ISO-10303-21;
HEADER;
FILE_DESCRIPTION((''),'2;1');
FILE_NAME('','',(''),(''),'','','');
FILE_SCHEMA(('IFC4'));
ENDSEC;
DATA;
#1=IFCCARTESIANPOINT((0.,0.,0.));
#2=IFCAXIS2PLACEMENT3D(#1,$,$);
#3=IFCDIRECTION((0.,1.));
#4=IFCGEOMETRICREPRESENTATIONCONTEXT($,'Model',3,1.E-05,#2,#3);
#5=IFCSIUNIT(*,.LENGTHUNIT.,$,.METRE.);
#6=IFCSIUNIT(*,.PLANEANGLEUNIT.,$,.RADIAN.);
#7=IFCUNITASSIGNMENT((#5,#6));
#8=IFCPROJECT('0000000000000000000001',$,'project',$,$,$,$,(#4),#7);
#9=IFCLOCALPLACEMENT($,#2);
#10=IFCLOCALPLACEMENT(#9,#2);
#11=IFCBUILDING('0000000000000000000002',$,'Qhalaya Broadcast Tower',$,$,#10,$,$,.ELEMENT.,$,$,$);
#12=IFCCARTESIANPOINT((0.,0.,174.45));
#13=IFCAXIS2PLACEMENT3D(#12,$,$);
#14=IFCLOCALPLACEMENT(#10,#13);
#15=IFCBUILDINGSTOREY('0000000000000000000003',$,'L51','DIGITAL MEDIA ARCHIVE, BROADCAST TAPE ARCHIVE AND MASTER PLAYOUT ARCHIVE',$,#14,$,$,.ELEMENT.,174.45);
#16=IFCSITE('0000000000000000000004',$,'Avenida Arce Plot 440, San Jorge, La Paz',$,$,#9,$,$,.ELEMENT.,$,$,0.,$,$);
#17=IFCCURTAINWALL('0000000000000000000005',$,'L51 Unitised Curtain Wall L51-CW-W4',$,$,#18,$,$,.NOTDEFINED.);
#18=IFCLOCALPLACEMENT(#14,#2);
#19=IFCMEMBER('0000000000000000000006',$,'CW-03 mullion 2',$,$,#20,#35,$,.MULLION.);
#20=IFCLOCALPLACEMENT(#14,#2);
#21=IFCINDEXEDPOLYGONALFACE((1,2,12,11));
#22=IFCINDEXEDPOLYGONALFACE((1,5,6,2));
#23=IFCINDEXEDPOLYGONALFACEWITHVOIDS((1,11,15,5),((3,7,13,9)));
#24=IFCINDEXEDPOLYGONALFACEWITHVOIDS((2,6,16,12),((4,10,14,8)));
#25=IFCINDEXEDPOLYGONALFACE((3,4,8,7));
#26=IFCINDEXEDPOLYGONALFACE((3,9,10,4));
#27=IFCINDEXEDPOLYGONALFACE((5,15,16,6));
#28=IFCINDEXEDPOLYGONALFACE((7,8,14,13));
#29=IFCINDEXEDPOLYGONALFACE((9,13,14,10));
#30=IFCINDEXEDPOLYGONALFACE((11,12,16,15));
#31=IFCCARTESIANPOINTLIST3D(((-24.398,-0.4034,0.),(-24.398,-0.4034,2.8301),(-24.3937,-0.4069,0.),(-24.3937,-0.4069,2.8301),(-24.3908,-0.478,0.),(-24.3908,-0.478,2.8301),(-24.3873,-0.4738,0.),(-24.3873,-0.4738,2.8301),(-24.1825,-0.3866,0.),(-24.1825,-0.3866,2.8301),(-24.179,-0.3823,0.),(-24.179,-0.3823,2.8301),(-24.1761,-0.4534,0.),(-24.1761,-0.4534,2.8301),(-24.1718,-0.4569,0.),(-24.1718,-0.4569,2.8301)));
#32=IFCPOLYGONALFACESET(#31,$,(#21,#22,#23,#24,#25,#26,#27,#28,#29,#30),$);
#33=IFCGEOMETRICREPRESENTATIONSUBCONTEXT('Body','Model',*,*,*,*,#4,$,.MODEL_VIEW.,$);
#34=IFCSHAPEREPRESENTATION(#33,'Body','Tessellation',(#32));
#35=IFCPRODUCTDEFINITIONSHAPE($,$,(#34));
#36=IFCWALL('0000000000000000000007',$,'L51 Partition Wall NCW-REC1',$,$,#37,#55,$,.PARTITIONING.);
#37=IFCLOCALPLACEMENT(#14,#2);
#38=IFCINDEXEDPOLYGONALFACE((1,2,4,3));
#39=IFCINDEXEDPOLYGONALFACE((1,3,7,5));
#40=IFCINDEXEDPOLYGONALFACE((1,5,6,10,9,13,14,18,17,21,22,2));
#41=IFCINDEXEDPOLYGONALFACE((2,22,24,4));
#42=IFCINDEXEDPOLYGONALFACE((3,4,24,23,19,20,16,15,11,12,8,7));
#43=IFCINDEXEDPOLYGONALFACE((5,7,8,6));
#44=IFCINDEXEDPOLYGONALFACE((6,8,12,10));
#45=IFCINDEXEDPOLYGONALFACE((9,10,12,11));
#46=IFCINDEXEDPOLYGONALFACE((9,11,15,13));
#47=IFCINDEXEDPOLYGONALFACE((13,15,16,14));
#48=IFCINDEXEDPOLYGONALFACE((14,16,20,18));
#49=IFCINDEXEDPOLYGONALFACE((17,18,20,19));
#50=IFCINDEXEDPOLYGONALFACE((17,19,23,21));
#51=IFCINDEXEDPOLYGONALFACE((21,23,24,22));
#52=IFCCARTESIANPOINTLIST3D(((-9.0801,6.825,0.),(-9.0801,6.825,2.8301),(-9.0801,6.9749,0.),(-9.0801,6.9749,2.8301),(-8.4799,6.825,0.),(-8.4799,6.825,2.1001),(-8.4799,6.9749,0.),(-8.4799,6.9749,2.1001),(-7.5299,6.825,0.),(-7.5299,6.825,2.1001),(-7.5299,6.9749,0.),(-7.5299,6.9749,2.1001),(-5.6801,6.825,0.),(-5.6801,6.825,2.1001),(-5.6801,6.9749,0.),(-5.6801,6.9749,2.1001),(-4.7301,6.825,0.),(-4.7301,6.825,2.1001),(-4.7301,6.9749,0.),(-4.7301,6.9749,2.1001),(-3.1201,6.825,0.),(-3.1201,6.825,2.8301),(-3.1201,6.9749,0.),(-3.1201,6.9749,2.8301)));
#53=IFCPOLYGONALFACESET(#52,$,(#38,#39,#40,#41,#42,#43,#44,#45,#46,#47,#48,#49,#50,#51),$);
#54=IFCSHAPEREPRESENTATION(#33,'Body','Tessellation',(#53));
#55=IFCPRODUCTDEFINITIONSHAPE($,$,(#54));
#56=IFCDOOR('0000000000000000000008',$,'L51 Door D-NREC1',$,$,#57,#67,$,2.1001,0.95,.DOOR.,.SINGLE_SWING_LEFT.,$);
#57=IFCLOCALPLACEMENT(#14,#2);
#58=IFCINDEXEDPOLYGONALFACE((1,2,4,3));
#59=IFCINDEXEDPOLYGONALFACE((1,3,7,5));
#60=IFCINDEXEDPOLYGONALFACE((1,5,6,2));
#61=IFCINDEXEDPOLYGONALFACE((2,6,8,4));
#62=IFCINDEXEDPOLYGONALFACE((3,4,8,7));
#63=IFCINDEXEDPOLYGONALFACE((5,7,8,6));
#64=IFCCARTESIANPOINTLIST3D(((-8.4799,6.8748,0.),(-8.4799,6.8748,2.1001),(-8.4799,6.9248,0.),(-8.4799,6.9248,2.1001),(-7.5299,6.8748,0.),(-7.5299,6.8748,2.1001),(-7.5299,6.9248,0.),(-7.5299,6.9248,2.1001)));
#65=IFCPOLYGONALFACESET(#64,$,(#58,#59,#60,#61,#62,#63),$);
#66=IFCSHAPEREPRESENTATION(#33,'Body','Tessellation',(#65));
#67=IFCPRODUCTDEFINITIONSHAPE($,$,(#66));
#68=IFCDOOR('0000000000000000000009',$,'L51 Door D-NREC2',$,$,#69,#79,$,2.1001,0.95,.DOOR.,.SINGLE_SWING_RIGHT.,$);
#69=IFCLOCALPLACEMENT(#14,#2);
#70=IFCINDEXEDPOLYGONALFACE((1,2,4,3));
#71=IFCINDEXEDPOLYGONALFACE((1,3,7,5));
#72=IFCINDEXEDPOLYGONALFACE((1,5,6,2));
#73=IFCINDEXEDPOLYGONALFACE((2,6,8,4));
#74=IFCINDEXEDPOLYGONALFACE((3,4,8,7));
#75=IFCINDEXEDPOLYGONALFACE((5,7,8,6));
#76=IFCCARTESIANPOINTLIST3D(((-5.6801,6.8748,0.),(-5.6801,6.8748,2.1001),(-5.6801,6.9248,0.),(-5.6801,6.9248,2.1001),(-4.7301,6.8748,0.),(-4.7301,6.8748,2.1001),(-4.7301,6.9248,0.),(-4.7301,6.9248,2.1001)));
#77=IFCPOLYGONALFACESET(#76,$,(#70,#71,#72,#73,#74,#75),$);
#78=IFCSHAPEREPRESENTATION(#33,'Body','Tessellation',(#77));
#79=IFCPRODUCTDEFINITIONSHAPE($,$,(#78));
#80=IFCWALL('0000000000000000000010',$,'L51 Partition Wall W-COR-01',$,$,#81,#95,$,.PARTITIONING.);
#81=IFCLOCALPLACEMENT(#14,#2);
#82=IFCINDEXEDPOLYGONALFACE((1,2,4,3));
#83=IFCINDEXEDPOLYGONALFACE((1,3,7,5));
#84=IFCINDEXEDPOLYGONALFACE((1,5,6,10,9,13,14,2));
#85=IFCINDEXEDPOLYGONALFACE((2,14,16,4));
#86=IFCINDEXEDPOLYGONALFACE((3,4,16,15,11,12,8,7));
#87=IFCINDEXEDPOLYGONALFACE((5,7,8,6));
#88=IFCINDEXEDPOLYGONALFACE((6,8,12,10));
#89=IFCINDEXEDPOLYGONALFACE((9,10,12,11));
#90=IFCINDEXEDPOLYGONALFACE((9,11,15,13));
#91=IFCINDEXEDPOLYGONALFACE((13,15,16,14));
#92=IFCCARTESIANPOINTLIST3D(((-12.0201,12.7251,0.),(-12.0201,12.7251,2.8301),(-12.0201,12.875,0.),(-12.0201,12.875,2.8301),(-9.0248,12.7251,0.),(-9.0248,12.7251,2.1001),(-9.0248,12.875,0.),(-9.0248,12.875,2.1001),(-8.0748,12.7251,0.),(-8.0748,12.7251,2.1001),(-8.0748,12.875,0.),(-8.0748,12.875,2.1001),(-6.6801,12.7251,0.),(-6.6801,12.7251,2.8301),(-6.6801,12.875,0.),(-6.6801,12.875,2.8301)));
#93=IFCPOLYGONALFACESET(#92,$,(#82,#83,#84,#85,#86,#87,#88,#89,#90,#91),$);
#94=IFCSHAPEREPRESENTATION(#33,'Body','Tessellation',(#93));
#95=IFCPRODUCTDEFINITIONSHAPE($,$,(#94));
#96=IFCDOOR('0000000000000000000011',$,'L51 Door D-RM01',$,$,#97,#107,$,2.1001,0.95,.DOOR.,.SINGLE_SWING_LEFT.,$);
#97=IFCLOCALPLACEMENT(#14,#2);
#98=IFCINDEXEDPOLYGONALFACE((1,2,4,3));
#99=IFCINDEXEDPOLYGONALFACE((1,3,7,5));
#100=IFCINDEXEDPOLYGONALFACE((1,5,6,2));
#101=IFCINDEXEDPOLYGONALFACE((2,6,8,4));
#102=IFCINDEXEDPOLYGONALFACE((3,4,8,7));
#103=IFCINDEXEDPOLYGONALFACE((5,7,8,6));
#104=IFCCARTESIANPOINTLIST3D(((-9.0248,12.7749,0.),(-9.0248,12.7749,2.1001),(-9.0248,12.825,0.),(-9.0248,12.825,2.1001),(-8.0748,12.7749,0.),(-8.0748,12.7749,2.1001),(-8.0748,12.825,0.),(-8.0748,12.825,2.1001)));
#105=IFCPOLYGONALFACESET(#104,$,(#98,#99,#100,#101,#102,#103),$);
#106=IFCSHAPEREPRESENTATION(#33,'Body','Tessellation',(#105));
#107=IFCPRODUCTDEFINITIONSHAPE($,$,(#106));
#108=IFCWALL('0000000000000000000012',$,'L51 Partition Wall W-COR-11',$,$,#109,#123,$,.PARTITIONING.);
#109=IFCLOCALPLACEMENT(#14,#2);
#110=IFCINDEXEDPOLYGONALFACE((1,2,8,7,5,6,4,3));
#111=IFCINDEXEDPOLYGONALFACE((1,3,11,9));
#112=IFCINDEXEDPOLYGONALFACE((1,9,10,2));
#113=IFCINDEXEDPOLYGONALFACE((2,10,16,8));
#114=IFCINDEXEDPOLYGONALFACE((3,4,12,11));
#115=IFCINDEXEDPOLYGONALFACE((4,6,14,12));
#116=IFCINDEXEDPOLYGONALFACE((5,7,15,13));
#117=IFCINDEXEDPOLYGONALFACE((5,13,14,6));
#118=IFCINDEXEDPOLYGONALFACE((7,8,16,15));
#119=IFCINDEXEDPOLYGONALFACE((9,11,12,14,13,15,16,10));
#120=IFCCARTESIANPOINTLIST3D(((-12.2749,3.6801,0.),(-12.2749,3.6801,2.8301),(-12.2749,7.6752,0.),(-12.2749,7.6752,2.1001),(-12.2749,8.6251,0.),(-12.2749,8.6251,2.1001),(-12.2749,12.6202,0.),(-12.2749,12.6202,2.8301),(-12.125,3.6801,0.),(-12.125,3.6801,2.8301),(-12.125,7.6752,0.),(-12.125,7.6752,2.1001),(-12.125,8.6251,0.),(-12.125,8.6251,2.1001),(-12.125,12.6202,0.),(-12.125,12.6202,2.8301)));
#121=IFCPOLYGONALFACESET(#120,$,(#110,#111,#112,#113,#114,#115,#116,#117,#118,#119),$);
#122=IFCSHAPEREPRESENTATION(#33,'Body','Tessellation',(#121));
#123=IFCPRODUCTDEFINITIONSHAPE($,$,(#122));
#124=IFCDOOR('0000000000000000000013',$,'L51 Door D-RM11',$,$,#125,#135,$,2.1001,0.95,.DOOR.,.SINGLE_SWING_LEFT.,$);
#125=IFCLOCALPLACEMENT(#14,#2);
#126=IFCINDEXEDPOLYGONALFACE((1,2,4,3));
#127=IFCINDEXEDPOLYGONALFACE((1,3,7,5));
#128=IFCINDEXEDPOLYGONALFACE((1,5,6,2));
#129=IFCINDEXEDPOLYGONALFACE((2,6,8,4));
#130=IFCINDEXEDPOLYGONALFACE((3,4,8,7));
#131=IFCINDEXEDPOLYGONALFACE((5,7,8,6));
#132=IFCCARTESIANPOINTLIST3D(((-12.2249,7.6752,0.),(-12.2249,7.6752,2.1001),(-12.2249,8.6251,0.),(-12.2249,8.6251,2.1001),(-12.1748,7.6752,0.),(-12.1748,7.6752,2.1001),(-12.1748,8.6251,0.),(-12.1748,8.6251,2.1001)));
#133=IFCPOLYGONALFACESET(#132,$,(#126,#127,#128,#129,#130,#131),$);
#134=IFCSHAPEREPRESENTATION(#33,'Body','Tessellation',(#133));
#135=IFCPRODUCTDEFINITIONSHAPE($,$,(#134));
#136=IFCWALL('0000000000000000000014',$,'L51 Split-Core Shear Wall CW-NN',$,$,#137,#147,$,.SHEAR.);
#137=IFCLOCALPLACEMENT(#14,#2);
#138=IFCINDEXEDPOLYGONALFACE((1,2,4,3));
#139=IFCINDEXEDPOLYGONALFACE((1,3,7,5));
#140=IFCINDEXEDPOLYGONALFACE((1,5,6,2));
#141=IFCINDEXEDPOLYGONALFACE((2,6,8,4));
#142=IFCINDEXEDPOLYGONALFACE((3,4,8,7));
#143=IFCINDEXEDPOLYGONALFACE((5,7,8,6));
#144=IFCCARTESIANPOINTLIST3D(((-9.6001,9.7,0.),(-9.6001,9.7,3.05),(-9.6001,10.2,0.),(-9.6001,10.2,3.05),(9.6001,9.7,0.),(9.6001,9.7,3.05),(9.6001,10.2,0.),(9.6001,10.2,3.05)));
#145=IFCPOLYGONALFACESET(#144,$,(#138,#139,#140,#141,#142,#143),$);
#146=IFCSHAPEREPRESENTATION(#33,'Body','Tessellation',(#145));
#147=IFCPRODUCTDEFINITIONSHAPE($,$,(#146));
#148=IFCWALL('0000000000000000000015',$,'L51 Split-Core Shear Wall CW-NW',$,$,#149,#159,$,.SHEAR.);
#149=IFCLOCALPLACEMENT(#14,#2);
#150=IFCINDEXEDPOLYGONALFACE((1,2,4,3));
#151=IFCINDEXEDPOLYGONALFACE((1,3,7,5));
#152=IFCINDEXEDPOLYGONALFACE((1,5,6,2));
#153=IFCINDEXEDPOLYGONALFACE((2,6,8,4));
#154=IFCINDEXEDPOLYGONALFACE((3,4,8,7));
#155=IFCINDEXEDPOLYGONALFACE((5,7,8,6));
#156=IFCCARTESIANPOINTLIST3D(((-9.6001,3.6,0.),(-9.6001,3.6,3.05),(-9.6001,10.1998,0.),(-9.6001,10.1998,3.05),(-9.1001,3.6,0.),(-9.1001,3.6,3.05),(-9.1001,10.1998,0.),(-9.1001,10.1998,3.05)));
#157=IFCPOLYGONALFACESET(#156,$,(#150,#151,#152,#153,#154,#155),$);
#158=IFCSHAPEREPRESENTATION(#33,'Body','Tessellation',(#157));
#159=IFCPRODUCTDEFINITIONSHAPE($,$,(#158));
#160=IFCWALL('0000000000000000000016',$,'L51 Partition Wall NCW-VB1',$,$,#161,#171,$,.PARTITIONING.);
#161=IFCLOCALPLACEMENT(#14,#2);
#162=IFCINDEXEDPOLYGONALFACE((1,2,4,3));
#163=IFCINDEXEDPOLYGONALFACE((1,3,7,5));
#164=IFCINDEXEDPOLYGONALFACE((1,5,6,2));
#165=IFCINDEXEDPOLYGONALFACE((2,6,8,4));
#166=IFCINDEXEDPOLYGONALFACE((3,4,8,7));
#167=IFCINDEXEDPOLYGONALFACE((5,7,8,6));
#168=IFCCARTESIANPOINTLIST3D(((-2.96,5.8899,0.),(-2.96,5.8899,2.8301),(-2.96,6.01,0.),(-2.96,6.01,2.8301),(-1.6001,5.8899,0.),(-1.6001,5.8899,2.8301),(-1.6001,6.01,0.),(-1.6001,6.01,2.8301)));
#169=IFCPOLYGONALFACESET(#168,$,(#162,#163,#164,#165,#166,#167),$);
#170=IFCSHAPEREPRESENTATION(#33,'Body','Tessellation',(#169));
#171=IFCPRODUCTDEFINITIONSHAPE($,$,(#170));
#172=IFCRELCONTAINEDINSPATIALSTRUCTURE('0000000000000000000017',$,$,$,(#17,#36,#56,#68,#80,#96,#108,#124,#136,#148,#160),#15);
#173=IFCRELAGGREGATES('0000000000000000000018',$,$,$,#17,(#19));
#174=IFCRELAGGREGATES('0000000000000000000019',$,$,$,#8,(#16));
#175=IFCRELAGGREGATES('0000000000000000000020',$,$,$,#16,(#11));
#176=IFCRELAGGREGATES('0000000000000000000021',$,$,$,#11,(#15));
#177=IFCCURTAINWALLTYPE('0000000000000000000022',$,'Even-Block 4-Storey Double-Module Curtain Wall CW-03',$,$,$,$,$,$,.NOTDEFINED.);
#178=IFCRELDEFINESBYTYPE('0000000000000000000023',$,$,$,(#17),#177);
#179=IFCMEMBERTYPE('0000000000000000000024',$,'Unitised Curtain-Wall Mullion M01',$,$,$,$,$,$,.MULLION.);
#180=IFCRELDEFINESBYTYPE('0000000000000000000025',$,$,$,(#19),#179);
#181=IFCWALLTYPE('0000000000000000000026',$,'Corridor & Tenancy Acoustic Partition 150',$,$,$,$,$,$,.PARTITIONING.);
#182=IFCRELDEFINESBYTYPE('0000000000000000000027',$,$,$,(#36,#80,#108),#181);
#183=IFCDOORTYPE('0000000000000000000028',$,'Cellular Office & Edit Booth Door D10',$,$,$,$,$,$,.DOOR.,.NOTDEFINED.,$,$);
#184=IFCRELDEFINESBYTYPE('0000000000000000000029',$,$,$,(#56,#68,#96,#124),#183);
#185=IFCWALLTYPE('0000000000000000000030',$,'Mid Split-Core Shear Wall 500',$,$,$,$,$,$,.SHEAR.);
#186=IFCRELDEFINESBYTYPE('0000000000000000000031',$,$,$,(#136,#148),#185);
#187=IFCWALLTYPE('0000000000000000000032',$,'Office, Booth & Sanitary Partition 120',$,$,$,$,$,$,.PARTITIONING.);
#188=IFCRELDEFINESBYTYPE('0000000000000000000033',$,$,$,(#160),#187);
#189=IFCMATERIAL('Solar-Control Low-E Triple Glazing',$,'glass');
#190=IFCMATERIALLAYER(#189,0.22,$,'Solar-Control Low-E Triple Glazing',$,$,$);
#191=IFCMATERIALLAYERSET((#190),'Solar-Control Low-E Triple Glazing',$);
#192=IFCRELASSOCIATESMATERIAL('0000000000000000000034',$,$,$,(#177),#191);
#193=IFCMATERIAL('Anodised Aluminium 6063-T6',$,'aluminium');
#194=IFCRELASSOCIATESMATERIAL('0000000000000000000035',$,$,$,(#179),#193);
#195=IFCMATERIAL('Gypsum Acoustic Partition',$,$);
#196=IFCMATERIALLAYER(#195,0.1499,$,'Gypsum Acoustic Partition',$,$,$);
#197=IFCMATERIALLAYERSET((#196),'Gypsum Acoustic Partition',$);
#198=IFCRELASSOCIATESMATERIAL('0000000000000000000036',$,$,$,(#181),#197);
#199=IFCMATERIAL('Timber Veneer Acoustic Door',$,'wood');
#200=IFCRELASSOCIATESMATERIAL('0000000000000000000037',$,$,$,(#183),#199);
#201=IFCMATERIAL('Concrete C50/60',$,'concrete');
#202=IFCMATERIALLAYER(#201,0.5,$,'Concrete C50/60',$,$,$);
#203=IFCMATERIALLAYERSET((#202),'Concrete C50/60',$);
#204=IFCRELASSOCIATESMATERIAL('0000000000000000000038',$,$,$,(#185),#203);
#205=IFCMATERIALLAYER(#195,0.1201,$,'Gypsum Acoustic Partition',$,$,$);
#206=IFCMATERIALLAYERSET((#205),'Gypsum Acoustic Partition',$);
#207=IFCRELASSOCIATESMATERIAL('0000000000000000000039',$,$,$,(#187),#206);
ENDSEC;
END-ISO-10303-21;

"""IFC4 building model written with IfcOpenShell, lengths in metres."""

from ifc_helpers import new_model, si_unit, direction, frame, frame_2d, origin, origin_2d, place, context, subcontext, project, spatial, rectangle, hollow_rectangle, extrude, material, layer, layer_set, material_profile, profile_set, type_object, element, fill, aggregate, save


model = new_model("IFC4")

# Units and contexts
model_context = context("Model", 3, precision=1e-05, world=origin(), true_north=direction((0.0, 1.0)))
body_context = subcontext(model_context, "Body", "Model", "MODEL_VIEW")
ifc_project = project(units=[si_unit("LENGTHUNIT", "METRE"), si_unit("PLANEANGLEUNIT", "RADIAN")], contexts=[model_context])

# Site, building, storey
site_placement = place(None, origin())
site = spatial("IfcSite", under=ifc_project, at=site_placement, Name="Avenida Arce Plot 440, San Jorge, La Paz", CompositionType="ELEMENT", RefElevation=0.0)
building_placement = place(site_placement, origin())
building = spatial("IfcBuilding", under=site, at=building_placement, Name="Qhalaya Broadcast Tower", CompositionType="ELEMENT")
storey_placement = place(building_placement, frame((0.0, 0.0, 174.45)))
storey = spatial("IfcBuildingStorey", under=building, at=storey_placement, Name="L51", Description="DIGITAL MEDIA ARCHIVE, BROADCAST TAPE ARCHIVE AND MASTER PLAYOUT ARCHIVE", CompositionType="ELEMENT", Elevation=174.45)

# Shared definitions
ifc_material_1 = material(Name="Concrete C50/60", Category="concrete")

# Curtain wall, member
ifc_material_2 = material(Name="Solar-Control Low-E Triple Glazing", Category="glass")
ifc_layer_1 = layer(ifc_material_2, 0.22, Name="Solar-Control Low-E Triple Glazing")
ifc_layer_set_1 = layer_set([ifc_layer_1], Name="Solar-Control Low-E Triple Glazing")
curtain_wall_type = type_object("IfcCurtainWallType", Name="Even-Block 4-Storey Double-Module Curtain Wall CW-03", PredefinedType="NOTDEFINED", material=ifc_layer_set_1)
curtain_wall_placement = place(storey_placement, origin())
curtain_wall = element("IfcCurtainWall", 1, at=curtain_wall_placement, inside=storey, type_object=curtain_wall_type, Name="L51 Unitised Curtain Wall L51-CW-W4", PredefinedType="NOTDEFINED")
ifc_material_3 = material(Name="Anodised Aluminium 6063-T6", Category="aluminium")
ifc_material_profile_1 = material_profile(ifc_material_3, hollow_rectangle(XDim=0.075, YDim=0.22, WallThickness=0.0039, at=origin_2d()), Name="ALU-MUL 75x220x4")
ifc_profile_set_1 = profile_set([ifc_material_profile_1], Name="Anodised Aluminium 6063-T6")
member_type = type_object("IfcMemberType", Name="Unitised Curtain-Wall Mullion M01", PredefinedType="MULLION", material=ifc_profile_set_1)
member_placement = place(storey_placement, frame((-24.2849, -0.4302, 0.0), z_axis=(0.0, 0.0, 1.0), x_axis=(0.095851, -0.995396, 0.0)))
member = element("IfcMember", 2, at=member_placement, type_object=member_type, Name="CW-03 mullion 2", PredefinedType="MULLION", context=body_context, shape_type="SweptSolid", body=[
    extrude(hollow_rectangle(XDim=0.075, YDim=0.22, WallThickness=0.0039, at=origin_2d()), origin(), (0.0, 0.0, 1.0), 2.8301),
])
aggregate(curtain_wall, [member])

# Wall, openings, doors
ifc_material_4 = material(Name="Gypsum Acoustic Partition")
ifc_layer_2 = layer(ifc_material_4, 0.1499, Name="Gypsum Acoustic Partition")
ifc_layer_set_2 = layer_set([ifc_layer_2], Name="Gypsum Acoustic Partition")
wall_type_1 = type_object("IfcWallType", Name="Corridor & Tenancy Acoustic Partition 150", PredefinedType="PARTITIONING", material=ifc_layer_set_2)
wall_1_placement = place(storey_placement, frame((-9.0801, 6.8999, 0.0), z_axis=(0.0, 0.0, 1.0), x_axis=(1.0, 0.0, 0.0)))
wall_1 = element("IfcWall", 3, at=wall_1_placement, inside=storey, type_object=wall_type_1, Name="L51 Partition Wall NCW-REC1", PredefinedType="PARTITIONING", context=body_context, shape_type="SweptSolid", body=[
    extrude(rectangle(XDim=5.96, YDim=0.1499, at=frame_2d((2.98, 0.0))), origin(), (0.0, 0.0, 1.0), 2.8301),
])
opening_1_placement = place(wall_1_placement, frame((0.6001, 0.0, 0.0)))
opening_1 = element("IfcOpeningElement", 4, at=opening_1_placement, cuts=wall_1, PredefinedType="OPENING", context=body_context, shape_type="SweptSolid", body=[
    extrude(rectangle(XDim=0.95, YDim=2.1001, at=frame_2d((0.4751, 1.05))), frame((0.0, 0.0869, 0.0), z_axis=(0.0, -1.0, 0.0), x_axis=(1.0, 0.0, 0.0)), (0.0, 0.0, 1.0), 0.1738),
])
opening_2_placement = place(wall_1_placement, frame((3.3999, 0.0, 0.0)))
opening_2 = element("IfcOpeningElement", 5, at=opening_2_placement, cuts=wall_1, PredefinedType="OPENING", context=body_context, shape_type="SweptSolid", body=[
    extrude(rectangle(XDim=0.95, YDim=2.1001, at=frame_2d((0.4751, 1.05))), frame((0.0, 0.0869, 0.0), z_axis=(0.0, -1.0, 0.0), x_axis=(1.0, 0.0, 0.0)), (0.0, 0.0, 1.0), 0.1738),
])
ifc_material_5 = material(Name="Timber Veneer Acoustic Door", Category="wood")
door_type_1 = type_object("IfcDoorType", Name="Cellular Office & Edit Booth Door D10", OperationType="NOTDEFINED", PredefinedType="DOOR", material=ifc_material_5)
door_1_placement = place(opening_1_placement, origin())
door_1 = element("IfcDoor", 6, at=door_1_placement, inside=storey, type_object=door_type_1, Name="L51 Door D-NREC1", OperationType="SINGLE_SWING_LEFT", OverallHeight=2.1001, OverallWidth=0.95, PredefinedType="DOOR", context=body_context, shape_type="SweptSolid", body=[
    extrude(rectangle(XDim=0.95, YDim=2.1001, at=frame_2d((0.4751, 1.05))), frame((0.0, 0.0249, 0.0), z_axis=(0.0, -1.0, 0.0), x_axis=(1.0, 0.0, 0.0)), (0.0, 0.0, 1.0), 0.05),
])
fill(opening_1, door_1)
door_2_placement = place(opening_2_placement, origin())
door_2 = element("IfcDoor", 7, at=door_2_placement, inside=storey, type_object=door_type_1, Name="L51 Door D-NREC2", OperationType="SINGLE_SWING_RIGHT", OverallHeight=2.1001, OverallWidth=0.95, PredefinedType="DOOR", context=body_context, shape_type="SweptSolid", body=[
    extrude(rectangle(XDim=0.95, YDim=2.1001, at=frame_2d((0.4751, 1.05))), frame((0.0, 0.0249, 0.0), z_axis=(0.0, -1.0, 0.0), x_axis=(1.0, 0.0, 0.0)), (0.0, 0.0, 1.0), 0.05),
])
fill(opening_2, door_2)

# Walls, openings, doors
wall_2_placement = place(storey_placement, frame((-12.02, 12.8, 0.0), z_axis=(0.0, 0.0, 1.0), x_axis=(1.0, 0.0, 0.0)))
wall_2 = element("IfcWall", 8, at=wall_2_placement, inside=storey, type_object=wall_type_1, Name="L51 Partition Wall W-COR-01", PredefinedType="PARTITIONING", context=body_context, shape_type="SweptSolid", body=[
    extrude(rectangle(XDim=5.3401, YDim=0.1499, at=frame_2d((2.6699, 0.0))), origin(), (0.0, 0.0, 1.0), 2.8301),
])
opening_3_placement = place(wall_2_placement, frame((2.9951, 0.0, 0.0)))
opening_3 = element("IfcOpeningElement", 9, at=opening_3_placement, cuts=wall_2, PredefinedType="OPENING", context=body_context, shape_type="SweptSolid", body=[
    extrude(rectangle(XDim=0.95, YDim=2.1001, at=frame_2d((0.4751, 1.05))), frame((0.0, 0.0869, 0.0), z_axis=(0.0, -1.0, 0.0), x_axis=(1.0, 0.0, 0.0)), (0.0, 0.0, 1.0), 0.1738),
])
door_3_placement = place(opening_3_placement, origin())
door_3 = element("IfcDoor", 10, at=door_3_placement, inside=storey, type_object=door_type_1, Name="L51 Door D-RM01", OperationType="SINGLE_SWING_LEFT", OverallHeight=2.1001, OverallWidth=0.95, PredefinedType="DOOR", context=body_context, shape_type="SweptSolid", body=[
    extrude(rectangle(XDim=0.95, YDim=2.1001, at=frame_2d((0.4751, 1.05))), frame((0.0, 0.0249, 0.0), z_axis=(0.0, -1.0, 0.0), x_axis=(1.0, 0.0, 0.0)), (0.0, 0.0, 1.0), 0.05),
])
fill(opening_3, door_3)
wall_3_placement = place(storey_placement, frame((-12.2, 3.6799, 0.0), z_axis=(0.0, 0.0, 1.0), x_axis=(0.0, 1.0, 0.0)))
wall_3 = element("IfcWall", 11, at=wall_3_placement, inside=storey, type_object=wall_type_1, Name="L51 Partition Wall W-COR-11", PredefinedType="PARTITIONING", context=body_context, shape_type="SweptSolid", body=[
    extrude(rectangle(XDim=8.9402, YDim=0.1499, at=frame_2d((4.4702, 0.0))), origin(), (0.0, 0.0, 1.0), 2.8301),
])
opening_4_placement = place(wall_3_placement, frame((3.9951, 0.0, 0.0)))
opening_4 = element("IfcOpeningElement", 12, at=opening_4_placement, cuts=wall_3, PredefinedType="OPENING", context=body_context, shape_type="SweptSolid", body=[
    extrude(rectangle(XDim=0.95, YDim=2.1001, at=frame_2d((0.4751, 1.05))), frame((0.0, 0.0869, 0.0), z_axis=(0.0, -1.0, 0.0), x_axis=(1.0, 0.0, 0.0)), (0.0, 0.0, 1.0), 0.1738),
])
door_4_placement = place(opening_4_placement, origin())
door_4 = element("IfcDoor", 13, at=door_4_placement, inside=storey, type_object=door_type_1, Name="L51 Door D-RM11", OperationType="SINGLE_SWING_LEFT", OverallHeight=2.1001, OverallWidth=0.95, PredefinedType="DOOR", context=body_context, shape_type="SweptSolid", body=[
    extrude(rectangle(XDim=0.95, YDim=2.1001, at=frame_2d((0.4751, 1.05))), frame((0.0, 0.0249, 0.0), z_axis=(0.0, -1.0, 0.0), x_axis=(1.0, 0.0, 0.0)), (0.0, 0.0, 1.0), 0.05),
])
fill(opening_4, door_4)

# Wall
ifc_layer_3 = layer(ifc_material_1, 0.5, Name="Concrete C50/60")
ifc_layer_set_3 = layer_set([ifc_layer_3], Name="Concrete C50/60")
wall_type_2 = type_object("IfcWallType", Name="Mid Split-Core Shear Wall 500", PredefinedType="SHEAR", material=ifc_layer_set_3)
wall_4_placement = place(storey_placement, frame((-9.6001, 9.95, 0.0), z_axis=(0.0, 0.0, 1.0), x_axis=(1.0, 0.0, 0.0)))
element("IfcWall", 14, at=wall_4_placement, inside=storey, type_object=wall_type_2, Name="L51 Split-Core Shear Wall CW-NN", PredefinedType="SHEAR", context=body_context, shape_type="SweptSolid", body=[
    extrude(rectangle(XDim=19.2002, YDim=0.5, at=frame_2d((9.6001, 0.0))), origin(), (0.0, 0.0, 1.0), 3.05),
])

# Walls
wall_5_placement = place(storey_placement, frame((-9.3501, 3.6001, 0.0), z_axis=(0.0, 0.0, 1.0), x_axis=(0.0, 1.0, 0.0)))
element("IfcWall", 15, at=wall_5_placement, inside=storey, type_object=wall_type_2, Name="L51 Split-Core Shear Wall CW-NW", PredefinedType="SHEAR", context=body_context, shape_type="SweptSolid", body=[
    extrude(rectangle(XDim=6.5999, YDim=0.5, at=frame_2d((3.2998, 0.0))), origin(), (0.0, 0.0, 1.0), 3.05),
])
ifc_layer_4 = layer(ifc_material_4, 0.1201, Name="Gypsum Acoustic Partition")
ifc_layer_set_4 = layer_set([ifc_layer_4], Name="Gypsum Acoustic Partition")
wall_type_3 = type_object("IfcWallType", Name="Office, Booth & Sanitary Partition 120", PredefinedType="PARTITIONING", material=ifc_layer_set_4)
for number, where, z_axis, x_axis, name in (
    (16, (-2.96, 5.95, 0.0), (0.0, 0.0, 1.0), (1.0, 0.0, 0.0), "L51 Partition Wall NCW-VB1"),
):
    element("IfcWall", number, at=place(storey_placement, frame(where, z_axis=z_axis, x_axis=x_axis)), inside=storey, type_object=wall_type_3, Name=name, PredefinedType="PARTITIONING", context=body_context, shape_type="SweptSolid", body=[
        extrude(rectangle(XDim=1.3599, YDim=0.1201, at=frame_2d((0.6799, 0.0))), origin(), (0.0, 0.0, 1.0), 2.8301),
    ])

save(model, "model.ifc")
